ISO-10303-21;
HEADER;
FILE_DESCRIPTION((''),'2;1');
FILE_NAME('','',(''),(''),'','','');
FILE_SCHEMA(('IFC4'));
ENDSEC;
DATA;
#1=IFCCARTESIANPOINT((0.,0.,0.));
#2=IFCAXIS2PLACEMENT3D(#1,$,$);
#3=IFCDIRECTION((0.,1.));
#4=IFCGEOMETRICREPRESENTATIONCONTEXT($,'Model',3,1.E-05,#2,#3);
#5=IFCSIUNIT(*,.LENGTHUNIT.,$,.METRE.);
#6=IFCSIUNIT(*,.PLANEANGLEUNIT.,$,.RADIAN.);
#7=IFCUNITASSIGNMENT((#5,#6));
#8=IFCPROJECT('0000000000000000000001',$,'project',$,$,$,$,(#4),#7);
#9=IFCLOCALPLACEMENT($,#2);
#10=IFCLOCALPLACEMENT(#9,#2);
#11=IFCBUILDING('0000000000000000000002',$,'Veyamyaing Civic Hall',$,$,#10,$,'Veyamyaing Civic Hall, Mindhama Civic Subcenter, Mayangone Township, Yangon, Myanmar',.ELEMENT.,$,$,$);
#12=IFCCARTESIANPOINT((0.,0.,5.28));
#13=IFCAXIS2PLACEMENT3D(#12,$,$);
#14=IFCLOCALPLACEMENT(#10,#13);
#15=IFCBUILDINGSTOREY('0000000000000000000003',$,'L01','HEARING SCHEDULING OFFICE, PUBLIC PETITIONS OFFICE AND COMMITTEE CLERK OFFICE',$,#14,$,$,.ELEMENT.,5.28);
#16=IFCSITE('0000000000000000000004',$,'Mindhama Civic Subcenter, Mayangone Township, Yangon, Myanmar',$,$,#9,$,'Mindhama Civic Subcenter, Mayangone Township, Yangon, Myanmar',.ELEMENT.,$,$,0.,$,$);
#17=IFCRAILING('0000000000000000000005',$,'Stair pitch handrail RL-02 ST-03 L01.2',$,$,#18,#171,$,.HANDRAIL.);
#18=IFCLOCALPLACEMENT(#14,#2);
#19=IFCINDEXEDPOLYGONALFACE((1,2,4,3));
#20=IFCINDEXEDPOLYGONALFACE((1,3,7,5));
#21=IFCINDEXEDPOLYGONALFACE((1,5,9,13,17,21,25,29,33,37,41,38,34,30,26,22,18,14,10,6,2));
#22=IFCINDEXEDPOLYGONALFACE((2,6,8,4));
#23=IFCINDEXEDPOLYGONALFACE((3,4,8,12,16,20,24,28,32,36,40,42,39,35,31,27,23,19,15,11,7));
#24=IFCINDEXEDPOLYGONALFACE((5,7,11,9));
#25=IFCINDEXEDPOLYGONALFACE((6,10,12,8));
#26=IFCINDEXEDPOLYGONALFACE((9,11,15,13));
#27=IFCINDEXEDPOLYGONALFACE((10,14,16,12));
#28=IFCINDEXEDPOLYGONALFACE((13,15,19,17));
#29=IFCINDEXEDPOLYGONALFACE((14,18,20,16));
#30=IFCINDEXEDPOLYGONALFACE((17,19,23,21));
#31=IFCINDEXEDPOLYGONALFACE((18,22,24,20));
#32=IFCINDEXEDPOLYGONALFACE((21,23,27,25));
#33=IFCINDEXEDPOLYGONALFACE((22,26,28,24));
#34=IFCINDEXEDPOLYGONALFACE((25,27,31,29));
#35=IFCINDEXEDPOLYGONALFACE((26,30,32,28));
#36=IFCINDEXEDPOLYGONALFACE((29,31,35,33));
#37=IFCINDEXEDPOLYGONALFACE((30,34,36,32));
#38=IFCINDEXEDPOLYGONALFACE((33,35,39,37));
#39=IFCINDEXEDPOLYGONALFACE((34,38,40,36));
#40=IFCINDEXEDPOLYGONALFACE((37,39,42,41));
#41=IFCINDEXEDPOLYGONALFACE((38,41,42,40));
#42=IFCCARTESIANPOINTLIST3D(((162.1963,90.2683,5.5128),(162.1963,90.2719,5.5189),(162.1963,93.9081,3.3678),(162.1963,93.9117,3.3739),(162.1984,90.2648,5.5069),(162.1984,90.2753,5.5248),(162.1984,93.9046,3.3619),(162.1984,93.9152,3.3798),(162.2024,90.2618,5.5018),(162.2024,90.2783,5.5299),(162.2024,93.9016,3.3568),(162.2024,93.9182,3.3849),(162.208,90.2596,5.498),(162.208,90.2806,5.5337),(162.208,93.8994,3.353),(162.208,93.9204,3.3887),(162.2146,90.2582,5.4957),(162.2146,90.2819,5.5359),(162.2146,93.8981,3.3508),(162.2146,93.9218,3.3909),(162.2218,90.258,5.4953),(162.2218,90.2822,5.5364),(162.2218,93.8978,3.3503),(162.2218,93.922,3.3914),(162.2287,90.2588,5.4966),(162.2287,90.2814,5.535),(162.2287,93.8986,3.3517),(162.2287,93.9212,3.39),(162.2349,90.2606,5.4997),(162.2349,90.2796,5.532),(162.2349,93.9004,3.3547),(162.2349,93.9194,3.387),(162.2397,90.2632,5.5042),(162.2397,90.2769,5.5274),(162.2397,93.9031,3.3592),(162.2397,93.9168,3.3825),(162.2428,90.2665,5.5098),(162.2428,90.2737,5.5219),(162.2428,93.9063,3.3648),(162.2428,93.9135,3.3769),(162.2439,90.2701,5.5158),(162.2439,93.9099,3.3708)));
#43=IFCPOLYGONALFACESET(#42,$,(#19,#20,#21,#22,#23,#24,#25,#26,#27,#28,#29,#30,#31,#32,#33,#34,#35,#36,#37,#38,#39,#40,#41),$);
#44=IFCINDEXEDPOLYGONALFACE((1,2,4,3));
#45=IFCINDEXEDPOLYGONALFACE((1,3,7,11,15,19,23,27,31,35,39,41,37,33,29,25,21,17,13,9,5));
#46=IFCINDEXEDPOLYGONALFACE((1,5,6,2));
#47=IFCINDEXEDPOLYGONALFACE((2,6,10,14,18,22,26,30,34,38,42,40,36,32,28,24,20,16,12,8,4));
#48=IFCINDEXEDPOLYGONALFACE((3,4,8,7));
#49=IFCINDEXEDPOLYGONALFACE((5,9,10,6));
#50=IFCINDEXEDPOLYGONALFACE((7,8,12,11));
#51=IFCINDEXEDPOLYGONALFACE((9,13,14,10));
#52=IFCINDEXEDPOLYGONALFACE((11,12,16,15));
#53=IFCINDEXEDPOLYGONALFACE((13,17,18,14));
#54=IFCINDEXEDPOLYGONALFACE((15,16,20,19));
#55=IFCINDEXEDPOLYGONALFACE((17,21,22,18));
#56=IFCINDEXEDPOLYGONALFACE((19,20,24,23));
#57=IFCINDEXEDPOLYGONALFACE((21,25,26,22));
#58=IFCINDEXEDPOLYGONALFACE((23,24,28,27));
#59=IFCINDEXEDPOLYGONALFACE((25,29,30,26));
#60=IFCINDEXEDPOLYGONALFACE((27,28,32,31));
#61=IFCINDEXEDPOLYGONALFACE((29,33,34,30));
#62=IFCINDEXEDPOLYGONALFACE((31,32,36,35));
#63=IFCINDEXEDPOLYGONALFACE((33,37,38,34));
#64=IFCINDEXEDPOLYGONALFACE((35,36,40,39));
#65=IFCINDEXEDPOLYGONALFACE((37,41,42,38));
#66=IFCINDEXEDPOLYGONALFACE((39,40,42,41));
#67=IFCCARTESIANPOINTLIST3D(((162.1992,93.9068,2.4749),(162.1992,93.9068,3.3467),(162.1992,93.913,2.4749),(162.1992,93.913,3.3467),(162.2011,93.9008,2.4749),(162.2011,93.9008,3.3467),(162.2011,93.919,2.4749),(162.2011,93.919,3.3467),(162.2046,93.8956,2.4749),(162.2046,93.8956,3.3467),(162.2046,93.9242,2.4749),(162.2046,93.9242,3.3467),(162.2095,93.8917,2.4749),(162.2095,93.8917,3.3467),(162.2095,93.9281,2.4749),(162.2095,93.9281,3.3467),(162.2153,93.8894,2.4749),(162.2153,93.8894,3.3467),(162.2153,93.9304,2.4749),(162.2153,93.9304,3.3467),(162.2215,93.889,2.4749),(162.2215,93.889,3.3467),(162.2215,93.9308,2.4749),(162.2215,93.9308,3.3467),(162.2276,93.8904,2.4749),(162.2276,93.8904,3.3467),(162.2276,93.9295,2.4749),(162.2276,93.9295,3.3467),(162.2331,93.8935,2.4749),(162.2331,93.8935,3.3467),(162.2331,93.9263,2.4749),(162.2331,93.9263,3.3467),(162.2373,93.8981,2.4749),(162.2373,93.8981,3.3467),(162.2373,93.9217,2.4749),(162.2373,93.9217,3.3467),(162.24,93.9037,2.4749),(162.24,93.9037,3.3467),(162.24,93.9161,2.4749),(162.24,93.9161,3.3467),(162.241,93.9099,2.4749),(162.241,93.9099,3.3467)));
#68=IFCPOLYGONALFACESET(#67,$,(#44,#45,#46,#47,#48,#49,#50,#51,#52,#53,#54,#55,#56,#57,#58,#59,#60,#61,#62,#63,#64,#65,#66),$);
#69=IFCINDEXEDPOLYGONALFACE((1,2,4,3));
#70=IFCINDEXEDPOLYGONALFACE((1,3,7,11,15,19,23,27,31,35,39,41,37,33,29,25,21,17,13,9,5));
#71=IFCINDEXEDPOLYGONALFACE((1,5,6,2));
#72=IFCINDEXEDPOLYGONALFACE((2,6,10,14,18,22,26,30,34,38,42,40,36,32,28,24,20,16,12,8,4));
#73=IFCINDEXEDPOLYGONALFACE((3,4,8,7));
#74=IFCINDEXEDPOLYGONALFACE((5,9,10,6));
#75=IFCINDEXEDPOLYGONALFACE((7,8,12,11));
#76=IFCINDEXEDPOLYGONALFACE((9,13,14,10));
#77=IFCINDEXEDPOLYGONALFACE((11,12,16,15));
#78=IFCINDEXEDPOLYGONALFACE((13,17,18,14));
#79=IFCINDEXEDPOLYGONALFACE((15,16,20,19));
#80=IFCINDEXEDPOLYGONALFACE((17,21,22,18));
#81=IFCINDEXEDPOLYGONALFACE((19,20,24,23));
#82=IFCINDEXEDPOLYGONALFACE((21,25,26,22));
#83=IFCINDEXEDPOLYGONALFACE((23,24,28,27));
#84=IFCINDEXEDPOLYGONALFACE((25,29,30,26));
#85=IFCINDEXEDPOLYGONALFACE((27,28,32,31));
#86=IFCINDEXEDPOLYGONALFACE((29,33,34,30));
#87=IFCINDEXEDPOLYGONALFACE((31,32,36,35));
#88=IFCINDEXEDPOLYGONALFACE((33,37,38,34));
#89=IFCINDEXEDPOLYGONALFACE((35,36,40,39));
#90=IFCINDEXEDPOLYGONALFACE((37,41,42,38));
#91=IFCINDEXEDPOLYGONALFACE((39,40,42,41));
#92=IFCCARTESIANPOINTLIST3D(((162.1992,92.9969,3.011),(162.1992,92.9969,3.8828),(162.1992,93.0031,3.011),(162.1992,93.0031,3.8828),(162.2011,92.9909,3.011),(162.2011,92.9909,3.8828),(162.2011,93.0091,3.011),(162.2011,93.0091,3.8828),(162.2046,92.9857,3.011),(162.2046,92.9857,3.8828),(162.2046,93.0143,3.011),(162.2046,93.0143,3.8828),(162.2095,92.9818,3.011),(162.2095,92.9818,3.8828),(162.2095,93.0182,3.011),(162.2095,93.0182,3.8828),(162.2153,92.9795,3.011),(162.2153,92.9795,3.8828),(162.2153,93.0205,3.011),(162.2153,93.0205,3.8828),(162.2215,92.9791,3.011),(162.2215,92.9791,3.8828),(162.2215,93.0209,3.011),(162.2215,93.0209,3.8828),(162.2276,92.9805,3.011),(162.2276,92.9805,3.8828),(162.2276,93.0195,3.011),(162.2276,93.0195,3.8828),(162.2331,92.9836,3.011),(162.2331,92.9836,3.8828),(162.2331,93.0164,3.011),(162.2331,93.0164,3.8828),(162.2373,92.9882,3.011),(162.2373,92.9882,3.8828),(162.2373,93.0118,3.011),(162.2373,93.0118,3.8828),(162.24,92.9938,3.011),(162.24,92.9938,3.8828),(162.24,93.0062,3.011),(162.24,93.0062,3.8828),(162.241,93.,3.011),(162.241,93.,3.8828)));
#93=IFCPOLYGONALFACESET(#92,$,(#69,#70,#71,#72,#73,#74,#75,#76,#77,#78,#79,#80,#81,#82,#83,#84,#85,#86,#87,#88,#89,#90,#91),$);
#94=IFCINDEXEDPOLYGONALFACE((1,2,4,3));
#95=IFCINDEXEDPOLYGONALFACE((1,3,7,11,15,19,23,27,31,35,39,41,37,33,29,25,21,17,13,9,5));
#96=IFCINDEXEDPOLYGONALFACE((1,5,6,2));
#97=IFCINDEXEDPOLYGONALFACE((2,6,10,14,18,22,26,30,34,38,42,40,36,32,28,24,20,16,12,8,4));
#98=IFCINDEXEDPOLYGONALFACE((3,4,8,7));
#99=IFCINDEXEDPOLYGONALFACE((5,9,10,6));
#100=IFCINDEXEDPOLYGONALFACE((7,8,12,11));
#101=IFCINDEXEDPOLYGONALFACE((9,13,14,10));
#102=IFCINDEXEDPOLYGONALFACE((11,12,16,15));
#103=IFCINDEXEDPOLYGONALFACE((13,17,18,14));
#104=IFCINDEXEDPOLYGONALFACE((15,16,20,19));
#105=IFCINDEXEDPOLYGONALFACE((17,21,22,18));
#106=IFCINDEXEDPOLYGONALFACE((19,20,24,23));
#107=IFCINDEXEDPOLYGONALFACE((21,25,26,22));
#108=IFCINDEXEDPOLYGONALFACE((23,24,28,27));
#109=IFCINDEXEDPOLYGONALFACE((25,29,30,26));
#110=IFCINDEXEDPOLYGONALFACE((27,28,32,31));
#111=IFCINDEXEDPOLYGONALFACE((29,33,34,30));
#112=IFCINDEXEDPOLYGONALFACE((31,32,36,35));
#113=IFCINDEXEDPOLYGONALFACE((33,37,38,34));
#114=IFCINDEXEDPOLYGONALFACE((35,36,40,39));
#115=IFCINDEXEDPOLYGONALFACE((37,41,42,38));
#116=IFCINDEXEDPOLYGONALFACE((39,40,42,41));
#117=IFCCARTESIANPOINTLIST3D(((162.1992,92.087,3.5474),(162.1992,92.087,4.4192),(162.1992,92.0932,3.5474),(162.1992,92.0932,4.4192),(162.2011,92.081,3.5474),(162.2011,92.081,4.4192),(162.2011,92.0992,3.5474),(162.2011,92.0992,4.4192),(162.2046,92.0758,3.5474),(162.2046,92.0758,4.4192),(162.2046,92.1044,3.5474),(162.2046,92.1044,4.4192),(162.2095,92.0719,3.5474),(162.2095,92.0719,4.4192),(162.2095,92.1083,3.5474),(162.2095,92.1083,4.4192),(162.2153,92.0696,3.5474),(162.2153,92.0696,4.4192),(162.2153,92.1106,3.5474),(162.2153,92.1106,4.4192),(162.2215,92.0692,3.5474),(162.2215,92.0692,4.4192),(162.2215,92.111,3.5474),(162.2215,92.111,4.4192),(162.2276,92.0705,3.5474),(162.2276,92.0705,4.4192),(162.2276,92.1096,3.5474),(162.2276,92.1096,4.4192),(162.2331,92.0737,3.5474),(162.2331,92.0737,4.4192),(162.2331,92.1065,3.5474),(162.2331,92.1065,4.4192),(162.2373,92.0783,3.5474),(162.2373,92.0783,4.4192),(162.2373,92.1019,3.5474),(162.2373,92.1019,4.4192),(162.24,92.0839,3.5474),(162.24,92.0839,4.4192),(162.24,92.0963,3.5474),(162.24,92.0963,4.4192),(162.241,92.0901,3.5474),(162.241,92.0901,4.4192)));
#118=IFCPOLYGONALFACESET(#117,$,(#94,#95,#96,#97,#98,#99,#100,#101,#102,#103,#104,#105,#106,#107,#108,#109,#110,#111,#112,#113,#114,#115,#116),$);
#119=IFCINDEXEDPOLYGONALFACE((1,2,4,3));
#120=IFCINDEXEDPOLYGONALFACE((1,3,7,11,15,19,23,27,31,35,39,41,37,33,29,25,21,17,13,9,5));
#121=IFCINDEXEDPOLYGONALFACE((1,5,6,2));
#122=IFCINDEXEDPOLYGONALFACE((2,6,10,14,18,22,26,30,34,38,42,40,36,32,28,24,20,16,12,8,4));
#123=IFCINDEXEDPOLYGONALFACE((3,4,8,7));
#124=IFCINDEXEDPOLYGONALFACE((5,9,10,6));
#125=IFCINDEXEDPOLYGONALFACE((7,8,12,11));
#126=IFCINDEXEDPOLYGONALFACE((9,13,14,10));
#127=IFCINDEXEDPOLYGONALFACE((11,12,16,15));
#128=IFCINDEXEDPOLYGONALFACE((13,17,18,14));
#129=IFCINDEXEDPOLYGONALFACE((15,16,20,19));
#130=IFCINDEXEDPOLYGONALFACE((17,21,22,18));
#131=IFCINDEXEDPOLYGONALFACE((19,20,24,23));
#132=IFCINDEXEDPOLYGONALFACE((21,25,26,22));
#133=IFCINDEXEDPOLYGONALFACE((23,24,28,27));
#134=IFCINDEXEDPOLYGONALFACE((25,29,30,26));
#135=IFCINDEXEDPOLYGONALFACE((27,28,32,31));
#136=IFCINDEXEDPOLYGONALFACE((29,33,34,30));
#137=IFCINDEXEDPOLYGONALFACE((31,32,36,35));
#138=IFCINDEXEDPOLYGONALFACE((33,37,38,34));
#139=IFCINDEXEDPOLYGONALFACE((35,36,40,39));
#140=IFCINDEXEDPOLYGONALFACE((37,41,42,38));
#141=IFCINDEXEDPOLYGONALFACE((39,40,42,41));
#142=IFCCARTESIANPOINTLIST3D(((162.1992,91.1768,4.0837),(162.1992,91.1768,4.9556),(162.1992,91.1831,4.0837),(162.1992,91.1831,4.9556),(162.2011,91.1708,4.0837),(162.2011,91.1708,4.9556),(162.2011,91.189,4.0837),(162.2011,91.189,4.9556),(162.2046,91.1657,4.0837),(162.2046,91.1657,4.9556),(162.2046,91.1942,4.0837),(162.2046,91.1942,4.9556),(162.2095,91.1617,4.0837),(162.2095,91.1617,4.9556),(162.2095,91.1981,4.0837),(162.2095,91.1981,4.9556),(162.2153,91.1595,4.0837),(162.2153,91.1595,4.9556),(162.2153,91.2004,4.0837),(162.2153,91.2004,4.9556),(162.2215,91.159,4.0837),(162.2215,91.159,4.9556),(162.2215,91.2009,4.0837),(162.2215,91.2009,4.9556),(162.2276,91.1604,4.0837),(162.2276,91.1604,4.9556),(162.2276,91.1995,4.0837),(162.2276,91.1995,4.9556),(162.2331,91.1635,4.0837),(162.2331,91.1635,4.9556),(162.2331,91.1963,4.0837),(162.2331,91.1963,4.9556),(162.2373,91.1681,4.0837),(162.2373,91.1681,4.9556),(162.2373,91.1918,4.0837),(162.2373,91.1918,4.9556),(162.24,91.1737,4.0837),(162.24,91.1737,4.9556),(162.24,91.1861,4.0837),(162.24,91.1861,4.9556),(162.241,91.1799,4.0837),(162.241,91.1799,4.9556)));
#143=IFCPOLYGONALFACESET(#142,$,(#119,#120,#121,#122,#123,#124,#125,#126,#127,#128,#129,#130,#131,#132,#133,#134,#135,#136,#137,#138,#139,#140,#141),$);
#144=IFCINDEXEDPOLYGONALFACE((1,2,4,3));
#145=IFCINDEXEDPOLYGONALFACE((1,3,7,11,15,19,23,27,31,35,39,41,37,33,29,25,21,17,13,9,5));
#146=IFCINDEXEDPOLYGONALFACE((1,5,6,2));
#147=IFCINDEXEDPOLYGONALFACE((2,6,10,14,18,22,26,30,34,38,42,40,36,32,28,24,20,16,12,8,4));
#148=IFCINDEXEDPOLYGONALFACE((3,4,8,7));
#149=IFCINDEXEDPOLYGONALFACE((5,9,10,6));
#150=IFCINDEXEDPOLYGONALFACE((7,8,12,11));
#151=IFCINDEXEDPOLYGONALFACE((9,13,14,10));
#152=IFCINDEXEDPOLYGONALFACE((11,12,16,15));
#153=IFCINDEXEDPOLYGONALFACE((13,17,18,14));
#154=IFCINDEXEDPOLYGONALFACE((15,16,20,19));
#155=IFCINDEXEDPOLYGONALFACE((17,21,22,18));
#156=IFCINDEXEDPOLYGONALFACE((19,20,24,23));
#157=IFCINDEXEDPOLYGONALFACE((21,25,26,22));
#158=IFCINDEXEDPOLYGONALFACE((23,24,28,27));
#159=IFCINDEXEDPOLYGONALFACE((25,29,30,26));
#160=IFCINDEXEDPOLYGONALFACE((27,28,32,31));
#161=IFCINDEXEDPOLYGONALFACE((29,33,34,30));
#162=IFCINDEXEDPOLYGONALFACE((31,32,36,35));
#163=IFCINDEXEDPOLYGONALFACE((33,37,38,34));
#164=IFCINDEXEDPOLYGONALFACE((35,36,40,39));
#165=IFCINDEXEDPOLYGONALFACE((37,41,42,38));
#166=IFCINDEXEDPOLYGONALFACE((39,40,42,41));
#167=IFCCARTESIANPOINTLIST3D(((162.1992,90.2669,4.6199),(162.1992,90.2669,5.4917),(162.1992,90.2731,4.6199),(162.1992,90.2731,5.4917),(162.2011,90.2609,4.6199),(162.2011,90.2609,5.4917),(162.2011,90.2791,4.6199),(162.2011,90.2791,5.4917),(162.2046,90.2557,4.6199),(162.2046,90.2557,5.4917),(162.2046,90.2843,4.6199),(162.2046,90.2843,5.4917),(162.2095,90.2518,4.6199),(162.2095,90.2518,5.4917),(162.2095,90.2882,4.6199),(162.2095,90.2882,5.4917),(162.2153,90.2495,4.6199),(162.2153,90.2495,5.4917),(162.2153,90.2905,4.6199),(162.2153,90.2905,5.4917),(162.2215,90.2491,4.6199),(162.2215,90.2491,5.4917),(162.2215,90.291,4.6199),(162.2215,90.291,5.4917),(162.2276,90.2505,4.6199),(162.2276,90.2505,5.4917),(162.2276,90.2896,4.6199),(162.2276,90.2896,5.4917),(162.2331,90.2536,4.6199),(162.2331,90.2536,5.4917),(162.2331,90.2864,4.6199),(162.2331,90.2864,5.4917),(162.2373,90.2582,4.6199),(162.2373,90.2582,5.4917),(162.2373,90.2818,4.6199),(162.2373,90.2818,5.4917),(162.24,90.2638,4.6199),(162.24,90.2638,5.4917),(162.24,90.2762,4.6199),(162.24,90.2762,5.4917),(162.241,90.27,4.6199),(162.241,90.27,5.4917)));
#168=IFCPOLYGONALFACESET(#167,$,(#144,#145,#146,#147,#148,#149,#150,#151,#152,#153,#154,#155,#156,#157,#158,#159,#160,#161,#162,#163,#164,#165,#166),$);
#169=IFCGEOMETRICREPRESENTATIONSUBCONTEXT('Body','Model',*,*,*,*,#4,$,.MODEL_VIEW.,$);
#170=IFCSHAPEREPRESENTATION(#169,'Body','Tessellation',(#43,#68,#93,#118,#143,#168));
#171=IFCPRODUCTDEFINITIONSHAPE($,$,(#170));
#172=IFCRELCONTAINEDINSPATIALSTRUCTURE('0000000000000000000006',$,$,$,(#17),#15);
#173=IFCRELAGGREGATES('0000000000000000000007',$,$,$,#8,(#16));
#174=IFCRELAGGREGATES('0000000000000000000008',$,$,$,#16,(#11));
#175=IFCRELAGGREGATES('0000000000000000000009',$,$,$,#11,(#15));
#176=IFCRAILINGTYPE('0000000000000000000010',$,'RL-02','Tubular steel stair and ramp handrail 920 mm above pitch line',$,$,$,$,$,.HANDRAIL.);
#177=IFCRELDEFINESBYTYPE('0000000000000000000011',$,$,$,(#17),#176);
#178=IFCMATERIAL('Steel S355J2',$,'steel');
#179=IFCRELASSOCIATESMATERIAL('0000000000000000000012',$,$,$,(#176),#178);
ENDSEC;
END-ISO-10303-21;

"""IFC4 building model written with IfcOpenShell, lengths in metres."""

from ifc_helpers import new_model, si_unit, direction, frame, origin, origin_2d, place, context, subcontext, project, spatial, circle, extrude, material, type_object, element, save


model = new_model("IFC4")

# Units and contexts
model_context = context("Model", 3, precision=1e-05, world=origin(), true_north=direction((0.0, 1.0)))
body_context = subcontext(model_context, "Body", "Model", "MODEL_VIEW")
ifc_project = project(units=[si_unit("LENGTHUNIT", "METRE"), si_unit("PLANEANGLEUNIT", "RADIAN")], contexts=[model_context])

# Site, building, storey
site_placement = place(None, origin())
site = spatial("IfcSite", under=ifc_project, at=site_placement, Name="Mindhama Civic Subcenter, Mayangone Township, Yangon, Myanmar", LongName="Mindhama Civic Subcenter, Mayangone Township, Yangon, Myanmar", CompositionType="ELEMENT", RefElevation=0.0)
building_placement = place(site_placement, origin())
building = spatial("IfcBuilding", under=site, at=building_placement, Name="Veyamyaing Civic Hall", LongName="Veyamyaing Civic Hall, Mindhama Civic Subcenter, Mayangone Township, Yangon, Myanmar", CompositionType="ELEMENT")
storey_placement = place(building_placement, frame((0.0, 0.0, 5.28)))
storey = spatial("IfcBuildingStorey", under=building, at=storey_placement, Name="L01", Description="HEARING SCHEDULING OFFICE, PUBLIC PETITIONS OFFICE AND COMMITTEE CLERK OFFICE", CompositionType="ELEMENT", Elevation=5.28)

# Railing
ifc_material_1 = material(Name="Steel S355J2", Category="steel")
railing_type_1 = type_object("IfcRailingType", Name="RL-02", Description="Tubular steel stair and ramp handrail 920 mm above pitch line", PredefinedType="HANDRAIL", material=ifc_material_1)
railing_1_placement = place(storey_placement, frame((162.22, 93.9099, 2.4749)))
element("IfcRailing", 1, at=railing_1_placement, inside=storey, type_object=railing_type_1, Name="Stair pitch handrail RL-02 ST-03 L01.2", PredefinedType="HANDRAIL", context=body_context, shape_type="SweptSolid", body=[
    extrude(circle(Radius=0.0239, at=origin_2d()), frame((0.0, 0.0, 0.896), z_axis=(0.0, -0.86153, 0.507707), x_axis=(1.0, 0.0, 0.0)), (0.0, 0.0, 1.0), 4.2249),
    extrude(circle(Radius=0.021, at=origin_2d()), origin(), (0.0, 0.0, 1.0), 0.8718),
    extrude(circle(Radius=0.021, at=origin_2d()), frame((0.0, -0.9099, 0.5361)), (0.0, 0.0, 1.0), 0.8718),
    extrude(circle(Radius=0.021, at=origin_2d()), frame((0.0, -1.8198, 1.0725)), (0.0, 0.0, 1.0), 0.8718),
    extrude(circle(Radius=0.021, at=origin_2d()), frame((0.0, -2.73, 1.6089)), (0.0, 0.0, 1.0), 0.8718),
    extrude(circle(Radius=0.021, at=origin_2d()), frame((0.0, -3.6399, 2.145)), (0.0, 0.0, 1.0), 0.8718),
])

save(model, "model.ifc")
